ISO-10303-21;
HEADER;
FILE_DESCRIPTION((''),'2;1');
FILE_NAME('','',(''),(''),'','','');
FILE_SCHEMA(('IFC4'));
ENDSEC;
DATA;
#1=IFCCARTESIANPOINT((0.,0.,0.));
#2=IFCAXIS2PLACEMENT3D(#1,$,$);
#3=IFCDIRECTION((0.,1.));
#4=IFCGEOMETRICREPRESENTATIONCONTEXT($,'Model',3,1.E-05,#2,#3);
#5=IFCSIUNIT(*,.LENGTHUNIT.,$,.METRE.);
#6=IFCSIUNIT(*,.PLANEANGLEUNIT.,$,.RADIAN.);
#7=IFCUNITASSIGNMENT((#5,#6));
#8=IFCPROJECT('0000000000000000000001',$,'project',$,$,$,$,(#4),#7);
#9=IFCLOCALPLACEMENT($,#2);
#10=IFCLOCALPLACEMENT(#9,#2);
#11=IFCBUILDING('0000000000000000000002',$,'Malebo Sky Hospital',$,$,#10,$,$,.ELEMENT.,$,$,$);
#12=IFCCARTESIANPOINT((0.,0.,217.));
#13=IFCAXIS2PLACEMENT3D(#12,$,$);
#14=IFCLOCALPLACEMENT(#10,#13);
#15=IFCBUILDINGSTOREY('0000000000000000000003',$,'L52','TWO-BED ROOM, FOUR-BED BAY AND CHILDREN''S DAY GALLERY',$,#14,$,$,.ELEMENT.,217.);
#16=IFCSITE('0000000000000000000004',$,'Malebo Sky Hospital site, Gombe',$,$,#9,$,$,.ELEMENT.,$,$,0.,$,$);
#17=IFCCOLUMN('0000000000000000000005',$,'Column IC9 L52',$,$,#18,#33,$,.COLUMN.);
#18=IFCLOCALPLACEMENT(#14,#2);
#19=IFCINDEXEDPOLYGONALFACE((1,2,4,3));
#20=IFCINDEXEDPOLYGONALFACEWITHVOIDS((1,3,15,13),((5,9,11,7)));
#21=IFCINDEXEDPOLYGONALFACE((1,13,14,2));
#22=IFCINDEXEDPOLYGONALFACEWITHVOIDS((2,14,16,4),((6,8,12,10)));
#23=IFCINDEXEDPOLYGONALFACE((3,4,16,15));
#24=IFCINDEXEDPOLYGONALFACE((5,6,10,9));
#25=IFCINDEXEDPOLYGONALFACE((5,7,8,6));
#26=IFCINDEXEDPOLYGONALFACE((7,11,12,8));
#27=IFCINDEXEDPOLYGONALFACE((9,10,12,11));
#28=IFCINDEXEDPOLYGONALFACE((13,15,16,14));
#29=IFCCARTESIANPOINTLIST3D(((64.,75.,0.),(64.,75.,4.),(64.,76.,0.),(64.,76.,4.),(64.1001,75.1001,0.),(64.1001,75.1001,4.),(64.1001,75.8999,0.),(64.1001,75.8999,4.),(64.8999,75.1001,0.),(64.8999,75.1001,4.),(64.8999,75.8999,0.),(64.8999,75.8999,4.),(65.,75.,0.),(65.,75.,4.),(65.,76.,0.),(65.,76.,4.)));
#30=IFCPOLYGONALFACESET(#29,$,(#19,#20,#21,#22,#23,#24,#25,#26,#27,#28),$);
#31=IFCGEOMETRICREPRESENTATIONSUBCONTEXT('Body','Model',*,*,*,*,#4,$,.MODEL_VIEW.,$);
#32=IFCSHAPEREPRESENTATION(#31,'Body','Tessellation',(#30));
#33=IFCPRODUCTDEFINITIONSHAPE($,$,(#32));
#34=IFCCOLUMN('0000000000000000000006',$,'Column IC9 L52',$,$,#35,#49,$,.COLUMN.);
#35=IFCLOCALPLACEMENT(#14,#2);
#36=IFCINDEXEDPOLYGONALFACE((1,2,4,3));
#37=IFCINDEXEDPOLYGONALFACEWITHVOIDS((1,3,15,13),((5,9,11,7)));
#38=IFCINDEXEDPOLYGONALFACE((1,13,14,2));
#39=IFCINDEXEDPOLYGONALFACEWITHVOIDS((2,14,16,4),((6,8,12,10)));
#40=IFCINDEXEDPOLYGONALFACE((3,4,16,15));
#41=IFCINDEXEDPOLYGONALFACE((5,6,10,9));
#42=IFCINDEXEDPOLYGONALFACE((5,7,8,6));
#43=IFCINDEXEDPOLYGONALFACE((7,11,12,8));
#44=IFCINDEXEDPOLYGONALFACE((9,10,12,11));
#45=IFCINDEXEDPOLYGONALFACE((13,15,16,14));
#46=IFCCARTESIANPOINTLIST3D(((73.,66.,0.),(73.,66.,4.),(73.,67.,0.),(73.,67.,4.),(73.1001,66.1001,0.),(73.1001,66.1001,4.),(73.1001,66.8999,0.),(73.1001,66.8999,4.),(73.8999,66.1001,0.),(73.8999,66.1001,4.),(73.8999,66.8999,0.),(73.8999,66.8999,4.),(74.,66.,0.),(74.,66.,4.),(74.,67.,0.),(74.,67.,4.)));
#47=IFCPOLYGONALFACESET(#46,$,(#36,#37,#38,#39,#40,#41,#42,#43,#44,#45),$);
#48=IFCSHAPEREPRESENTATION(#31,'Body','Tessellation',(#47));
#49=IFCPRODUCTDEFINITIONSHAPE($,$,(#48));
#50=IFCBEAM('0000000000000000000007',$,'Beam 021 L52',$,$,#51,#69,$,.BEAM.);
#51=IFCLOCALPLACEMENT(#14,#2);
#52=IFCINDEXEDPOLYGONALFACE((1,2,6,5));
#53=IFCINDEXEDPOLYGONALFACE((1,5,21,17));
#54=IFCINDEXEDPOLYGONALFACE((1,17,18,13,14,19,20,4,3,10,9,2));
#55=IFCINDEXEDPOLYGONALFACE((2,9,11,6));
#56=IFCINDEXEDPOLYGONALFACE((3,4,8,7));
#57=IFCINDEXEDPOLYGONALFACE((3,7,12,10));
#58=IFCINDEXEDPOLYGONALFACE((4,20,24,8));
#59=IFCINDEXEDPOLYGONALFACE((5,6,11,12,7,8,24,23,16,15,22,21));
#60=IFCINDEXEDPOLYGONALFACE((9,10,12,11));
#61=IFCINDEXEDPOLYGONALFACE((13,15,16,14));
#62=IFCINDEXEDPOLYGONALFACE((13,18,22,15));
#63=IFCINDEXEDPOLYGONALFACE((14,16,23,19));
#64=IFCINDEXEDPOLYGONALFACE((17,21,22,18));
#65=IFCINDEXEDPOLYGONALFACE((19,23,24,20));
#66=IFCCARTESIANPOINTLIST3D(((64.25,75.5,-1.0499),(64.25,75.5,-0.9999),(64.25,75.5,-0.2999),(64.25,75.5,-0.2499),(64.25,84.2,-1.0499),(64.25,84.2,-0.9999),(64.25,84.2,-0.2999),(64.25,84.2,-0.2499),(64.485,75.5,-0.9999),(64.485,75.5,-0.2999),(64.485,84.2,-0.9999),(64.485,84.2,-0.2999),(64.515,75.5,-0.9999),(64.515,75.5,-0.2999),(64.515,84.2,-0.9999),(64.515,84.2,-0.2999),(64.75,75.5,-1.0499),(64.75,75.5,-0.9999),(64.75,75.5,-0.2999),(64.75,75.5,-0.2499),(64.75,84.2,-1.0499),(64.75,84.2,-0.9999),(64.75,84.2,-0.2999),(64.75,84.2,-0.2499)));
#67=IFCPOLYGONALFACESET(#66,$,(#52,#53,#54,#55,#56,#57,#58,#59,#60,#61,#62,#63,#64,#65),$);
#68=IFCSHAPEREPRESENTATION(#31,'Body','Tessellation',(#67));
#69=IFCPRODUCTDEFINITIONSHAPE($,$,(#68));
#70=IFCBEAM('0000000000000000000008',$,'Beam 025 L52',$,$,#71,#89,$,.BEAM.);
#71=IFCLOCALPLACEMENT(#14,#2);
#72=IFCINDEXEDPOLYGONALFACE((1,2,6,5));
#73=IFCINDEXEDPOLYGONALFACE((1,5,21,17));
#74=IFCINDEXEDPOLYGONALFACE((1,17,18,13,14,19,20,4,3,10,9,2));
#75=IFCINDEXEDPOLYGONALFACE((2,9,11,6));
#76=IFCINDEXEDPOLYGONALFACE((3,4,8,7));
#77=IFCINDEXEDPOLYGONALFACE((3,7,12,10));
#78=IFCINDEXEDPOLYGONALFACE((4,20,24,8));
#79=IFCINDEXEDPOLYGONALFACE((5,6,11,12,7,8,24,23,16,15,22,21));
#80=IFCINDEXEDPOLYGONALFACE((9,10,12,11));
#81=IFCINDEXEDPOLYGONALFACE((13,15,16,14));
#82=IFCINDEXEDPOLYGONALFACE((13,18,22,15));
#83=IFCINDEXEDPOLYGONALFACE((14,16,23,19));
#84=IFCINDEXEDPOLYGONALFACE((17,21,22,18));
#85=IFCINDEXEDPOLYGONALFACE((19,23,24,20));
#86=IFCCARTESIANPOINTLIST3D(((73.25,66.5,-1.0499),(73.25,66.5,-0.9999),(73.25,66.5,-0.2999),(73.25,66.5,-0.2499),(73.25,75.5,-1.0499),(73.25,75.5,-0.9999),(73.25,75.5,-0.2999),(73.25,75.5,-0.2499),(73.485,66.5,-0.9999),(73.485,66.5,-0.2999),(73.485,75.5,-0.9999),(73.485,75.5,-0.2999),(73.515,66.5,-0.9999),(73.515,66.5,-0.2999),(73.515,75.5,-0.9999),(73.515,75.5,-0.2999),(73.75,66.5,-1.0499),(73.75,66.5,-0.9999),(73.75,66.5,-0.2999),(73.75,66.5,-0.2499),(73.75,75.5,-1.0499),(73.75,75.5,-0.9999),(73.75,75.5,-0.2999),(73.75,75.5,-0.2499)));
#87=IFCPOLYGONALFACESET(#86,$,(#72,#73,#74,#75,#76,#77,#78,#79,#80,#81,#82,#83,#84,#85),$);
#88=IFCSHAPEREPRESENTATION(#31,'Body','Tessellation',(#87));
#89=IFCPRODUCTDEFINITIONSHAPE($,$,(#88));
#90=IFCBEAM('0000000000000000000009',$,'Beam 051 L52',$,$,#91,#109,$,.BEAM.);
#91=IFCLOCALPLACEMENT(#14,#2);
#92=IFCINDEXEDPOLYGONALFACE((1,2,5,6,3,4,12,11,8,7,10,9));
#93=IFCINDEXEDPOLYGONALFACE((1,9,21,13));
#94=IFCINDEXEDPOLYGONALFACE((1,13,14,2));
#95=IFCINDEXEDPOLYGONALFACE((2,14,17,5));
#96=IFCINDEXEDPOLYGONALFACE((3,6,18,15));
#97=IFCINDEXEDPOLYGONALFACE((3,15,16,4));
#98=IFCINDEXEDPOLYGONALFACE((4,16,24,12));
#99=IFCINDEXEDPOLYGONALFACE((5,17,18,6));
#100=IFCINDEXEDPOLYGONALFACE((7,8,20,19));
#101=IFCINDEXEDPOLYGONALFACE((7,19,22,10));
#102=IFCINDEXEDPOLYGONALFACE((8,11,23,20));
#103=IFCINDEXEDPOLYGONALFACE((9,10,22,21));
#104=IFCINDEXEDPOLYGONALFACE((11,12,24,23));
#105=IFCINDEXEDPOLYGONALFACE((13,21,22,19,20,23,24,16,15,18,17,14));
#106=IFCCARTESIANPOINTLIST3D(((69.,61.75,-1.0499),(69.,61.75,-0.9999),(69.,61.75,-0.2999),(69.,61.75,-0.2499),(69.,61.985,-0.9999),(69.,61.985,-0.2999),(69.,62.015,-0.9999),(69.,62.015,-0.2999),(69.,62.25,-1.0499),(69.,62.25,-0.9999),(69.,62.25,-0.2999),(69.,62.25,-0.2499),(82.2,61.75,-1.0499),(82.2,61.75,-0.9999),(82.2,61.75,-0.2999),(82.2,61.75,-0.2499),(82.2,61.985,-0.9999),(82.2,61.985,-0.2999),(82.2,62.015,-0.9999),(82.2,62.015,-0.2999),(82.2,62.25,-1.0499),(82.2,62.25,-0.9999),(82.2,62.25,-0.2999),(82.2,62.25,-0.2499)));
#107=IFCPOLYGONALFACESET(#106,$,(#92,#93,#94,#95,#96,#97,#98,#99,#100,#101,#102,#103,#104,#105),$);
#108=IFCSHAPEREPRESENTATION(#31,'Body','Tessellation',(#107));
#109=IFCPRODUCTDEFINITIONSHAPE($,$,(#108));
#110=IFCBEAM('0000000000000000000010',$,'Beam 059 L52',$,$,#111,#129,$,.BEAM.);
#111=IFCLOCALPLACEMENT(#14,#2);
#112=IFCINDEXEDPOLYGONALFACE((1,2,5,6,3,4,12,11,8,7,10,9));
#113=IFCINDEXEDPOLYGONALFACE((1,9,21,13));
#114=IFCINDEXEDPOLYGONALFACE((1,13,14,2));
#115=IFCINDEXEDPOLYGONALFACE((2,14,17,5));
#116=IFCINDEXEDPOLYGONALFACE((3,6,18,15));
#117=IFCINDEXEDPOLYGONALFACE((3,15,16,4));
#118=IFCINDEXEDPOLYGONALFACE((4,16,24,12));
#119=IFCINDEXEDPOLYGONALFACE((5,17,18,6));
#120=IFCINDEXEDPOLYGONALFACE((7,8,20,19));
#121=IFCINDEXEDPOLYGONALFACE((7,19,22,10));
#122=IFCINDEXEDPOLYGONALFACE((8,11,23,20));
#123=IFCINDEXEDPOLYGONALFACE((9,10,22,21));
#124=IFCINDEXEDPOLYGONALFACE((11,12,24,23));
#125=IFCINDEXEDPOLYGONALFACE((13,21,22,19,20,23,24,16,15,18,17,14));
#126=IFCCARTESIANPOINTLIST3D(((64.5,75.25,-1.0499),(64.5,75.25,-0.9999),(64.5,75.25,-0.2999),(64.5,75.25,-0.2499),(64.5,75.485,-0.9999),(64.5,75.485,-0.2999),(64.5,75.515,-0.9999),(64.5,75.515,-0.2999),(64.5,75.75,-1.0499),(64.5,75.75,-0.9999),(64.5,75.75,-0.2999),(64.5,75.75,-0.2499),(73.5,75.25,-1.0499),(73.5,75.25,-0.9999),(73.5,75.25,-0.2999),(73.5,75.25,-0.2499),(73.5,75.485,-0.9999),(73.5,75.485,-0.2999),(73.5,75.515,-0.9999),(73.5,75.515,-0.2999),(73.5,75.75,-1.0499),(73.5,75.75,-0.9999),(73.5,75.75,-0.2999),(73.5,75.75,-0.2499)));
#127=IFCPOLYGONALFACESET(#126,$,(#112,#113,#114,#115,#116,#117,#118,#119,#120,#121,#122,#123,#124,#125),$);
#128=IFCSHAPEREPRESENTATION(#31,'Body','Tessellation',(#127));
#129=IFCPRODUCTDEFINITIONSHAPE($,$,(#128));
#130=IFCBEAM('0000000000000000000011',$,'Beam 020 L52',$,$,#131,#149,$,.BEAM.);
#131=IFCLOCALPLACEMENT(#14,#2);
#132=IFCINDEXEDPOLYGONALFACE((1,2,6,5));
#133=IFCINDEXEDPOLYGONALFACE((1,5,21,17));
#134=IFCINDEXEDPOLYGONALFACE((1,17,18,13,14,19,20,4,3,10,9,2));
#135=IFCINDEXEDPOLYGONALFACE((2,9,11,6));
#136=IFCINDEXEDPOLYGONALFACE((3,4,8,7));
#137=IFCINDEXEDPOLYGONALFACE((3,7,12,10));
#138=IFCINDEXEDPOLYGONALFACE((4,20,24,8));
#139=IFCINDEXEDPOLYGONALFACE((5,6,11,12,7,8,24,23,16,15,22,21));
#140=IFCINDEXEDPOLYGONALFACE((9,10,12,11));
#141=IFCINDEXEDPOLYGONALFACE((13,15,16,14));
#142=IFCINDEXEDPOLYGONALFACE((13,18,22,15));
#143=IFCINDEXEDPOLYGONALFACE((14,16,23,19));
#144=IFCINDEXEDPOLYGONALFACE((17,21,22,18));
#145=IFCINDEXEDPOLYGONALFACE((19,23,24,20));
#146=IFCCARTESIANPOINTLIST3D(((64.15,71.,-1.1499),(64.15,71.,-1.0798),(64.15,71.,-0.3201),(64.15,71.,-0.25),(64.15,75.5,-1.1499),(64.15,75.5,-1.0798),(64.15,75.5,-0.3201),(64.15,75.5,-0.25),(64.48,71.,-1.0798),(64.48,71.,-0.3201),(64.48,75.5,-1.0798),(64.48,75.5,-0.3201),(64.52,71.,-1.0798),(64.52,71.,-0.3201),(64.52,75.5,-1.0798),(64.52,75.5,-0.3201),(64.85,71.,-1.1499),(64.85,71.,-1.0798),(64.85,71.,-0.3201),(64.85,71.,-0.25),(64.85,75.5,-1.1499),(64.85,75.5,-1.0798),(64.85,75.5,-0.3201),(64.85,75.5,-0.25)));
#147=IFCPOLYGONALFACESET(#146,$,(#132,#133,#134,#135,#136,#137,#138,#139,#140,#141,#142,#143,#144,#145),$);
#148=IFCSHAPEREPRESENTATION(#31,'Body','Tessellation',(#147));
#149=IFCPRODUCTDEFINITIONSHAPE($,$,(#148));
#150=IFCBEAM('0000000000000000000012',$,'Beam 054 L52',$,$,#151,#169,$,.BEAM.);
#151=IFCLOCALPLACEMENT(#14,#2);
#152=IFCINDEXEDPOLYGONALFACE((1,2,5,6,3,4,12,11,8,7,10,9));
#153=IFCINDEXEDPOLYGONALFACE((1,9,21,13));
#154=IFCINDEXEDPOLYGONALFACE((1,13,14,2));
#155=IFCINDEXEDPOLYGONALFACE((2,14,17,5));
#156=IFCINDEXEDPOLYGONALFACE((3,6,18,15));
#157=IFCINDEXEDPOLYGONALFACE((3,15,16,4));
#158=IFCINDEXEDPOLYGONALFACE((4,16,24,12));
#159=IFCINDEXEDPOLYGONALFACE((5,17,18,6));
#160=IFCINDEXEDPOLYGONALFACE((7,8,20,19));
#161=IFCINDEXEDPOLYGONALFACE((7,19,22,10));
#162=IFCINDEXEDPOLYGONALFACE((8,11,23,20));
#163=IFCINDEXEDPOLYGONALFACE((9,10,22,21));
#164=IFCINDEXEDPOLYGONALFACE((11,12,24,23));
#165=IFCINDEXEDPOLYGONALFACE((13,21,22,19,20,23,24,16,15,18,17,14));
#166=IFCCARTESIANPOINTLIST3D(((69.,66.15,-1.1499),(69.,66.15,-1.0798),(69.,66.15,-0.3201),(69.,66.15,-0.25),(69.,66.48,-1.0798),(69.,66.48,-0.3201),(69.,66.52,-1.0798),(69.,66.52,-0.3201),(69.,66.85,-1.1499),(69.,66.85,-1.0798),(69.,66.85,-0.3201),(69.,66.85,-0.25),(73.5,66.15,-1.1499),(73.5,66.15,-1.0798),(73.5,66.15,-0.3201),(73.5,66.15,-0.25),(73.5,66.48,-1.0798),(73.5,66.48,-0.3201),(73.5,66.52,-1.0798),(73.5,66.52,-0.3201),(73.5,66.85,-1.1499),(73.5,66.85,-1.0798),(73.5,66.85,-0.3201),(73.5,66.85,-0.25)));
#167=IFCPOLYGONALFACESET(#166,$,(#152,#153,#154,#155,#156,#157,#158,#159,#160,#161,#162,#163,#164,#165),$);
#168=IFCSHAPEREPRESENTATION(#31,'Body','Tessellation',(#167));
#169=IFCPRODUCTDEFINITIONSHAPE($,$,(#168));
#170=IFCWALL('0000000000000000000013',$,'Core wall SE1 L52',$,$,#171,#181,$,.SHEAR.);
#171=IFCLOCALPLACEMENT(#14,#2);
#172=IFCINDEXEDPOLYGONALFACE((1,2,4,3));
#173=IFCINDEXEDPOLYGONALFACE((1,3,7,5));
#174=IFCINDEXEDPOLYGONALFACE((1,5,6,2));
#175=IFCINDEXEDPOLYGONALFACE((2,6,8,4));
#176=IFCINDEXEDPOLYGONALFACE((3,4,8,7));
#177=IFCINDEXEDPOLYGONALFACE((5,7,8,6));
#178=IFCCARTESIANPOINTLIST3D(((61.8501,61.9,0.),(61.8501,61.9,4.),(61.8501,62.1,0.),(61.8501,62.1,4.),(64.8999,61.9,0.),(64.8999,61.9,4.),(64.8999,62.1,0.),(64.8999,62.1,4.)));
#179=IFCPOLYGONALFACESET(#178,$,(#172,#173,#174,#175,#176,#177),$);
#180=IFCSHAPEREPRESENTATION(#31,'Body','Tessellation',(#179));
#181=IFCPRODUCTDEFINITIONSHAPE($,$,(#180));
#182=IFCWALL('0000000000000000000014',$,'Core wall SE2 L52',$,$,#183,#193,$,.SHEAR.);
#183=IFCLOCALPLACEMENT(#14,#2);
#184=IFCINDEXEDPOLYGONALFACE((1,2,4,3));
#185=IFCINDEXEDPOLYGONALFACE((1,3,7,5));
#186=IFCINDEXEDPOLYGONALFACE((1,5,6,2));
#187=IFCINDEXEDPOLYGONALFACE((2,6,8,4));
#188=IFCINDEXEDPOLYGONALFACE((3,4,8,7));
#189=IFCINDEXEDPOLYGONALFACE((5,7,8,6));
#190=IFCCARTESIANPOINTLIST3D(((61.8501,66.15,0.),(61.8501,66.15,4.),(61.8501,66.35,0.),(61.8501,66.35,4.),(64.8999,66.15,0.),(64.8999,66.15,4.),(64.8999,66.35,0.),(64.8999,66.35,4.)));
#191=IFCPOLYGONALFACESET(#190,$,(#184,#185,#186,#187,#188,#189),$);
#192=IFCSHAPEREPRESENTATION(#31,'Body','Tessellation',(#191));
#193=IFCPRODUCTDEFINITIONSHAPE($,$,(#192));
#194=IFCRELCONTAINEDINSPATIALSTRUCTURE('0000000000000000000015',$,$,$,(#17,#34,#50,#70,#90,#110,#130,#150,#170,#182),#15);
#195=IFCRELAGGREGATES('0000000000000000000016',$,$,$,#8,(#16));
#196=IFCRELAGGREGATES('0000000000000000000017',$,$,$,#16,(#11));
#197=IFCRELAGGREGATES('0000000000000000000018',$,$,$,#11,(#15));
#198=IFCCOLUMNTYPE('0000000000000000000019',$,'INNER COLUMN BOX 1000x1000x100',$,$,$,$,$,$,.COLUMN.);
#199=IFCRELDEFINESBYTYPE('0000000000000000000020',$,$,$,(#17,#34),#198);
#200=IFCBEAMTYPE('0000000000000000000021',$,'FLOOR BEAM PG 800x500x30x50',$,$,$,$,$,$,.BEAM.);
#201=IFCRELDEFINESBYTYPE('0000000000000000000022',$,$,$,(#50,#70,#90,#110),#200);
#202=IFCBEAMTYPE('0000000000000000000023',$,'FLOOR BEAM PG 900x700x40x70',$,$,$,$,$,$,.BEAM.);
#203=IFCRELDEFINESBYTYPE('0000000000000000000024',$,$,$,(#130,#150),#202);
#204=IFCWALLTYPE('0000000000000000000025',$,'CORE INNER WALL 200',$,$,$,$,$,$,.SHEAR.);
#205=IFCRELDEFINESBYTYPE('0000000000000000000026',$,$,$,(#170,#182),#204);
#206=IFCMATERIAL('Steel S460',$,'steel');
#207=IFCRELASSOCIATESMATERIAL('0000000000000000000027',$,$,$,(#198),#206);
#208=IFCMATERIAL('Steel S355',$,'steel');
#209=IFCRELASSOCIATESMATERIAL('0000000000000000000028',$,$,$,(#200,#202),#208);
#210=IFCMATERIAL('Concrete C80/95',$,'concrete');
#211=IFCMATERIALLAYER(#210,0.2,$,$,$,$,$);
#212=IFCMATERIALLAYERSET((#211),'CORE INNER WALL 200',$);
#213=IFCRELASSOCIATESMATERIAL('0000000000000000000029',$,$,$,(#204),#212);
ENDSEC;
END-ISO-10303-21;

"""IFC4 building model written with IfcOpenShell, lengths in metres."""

from ifc_helpers import new_model, si_unit, direction, frame, frame_2d, origin, origin_2d, place, context, subcontext, project, spatial, rectangle, hollow_rectangle, i_section, extrude, material, layer, layer_set, material_profile, profile_set, type_object, element, save


model = new_model("IFC4")

# Units and contexts
model_context = context("Model", 3, precision=1e-05, world=origin(), true_north=direction((0.0, 1.0)))
body_context = subcontext(model_context, "Body", "Model", "MODEL_VIEW")
ifc_project = project(units=[si_unit("LENGTHUNIT", "METRE"), si_unit("PLANEANGLEUNIT", "RADIAN")], contexts=[model_context])

# Site, building, storey
site_placement = place(None, origin())
site = spatial("IfcSite", under=ifc_project, at=site_placement, Name="Malebo Sky Hospital site, Gombe", CompositionType="ELEMENT", RefElevation=0.0)
building_placement = place(site_placement, origin())
building = spatial("IfcBuilding", under=site, at=building_placement, Name="Malebo Sky Hospital", CompositionType="ELEMENT")
storey_placement = place(building_placement, frame((0.0, 0.0, 217.0)))
storey = spatial("IfcBuildingStorey", under=building, at=storey_placement, Name="L52", Description="TWO-BED ROOM, FOUR-BED BAY AND CHILDREN'S DAY GALLERY", CompositionType="ELEMENT", Elevation=217.0)

# Columns
ifc_material_1 = material(Name="Steel S460", Category="steel")
ifc_material_profile_1 = material_profile(ifc_material_1, hollow_rectangle(XDim=1.0, YDim=1.0, WallThickness=0.1001, at=origin_2d()), Name="BOX 1000x1000x100")
ifc_profile_set_1 = profile_set([ifc_material_profile_1], Name="Steel S460")
column_type = type_object("IfcColumnType", Name="INNER COLUMN BOX 1000x1000x100", PredefinedType="COLUMN", material=ifc_profile_set_1)
for number, where, z_axis, x_axis, name in (
    (1, (64.5, 75.5, 0.0), (0.0, 0.0, 1.0), (1.0, 0.0, 0.0), "Column IC9 L52"),
    (2, (73.5, 66.5, 0.0), (0.0, 0.0, 1.0), (1.0, 0.0, 0.0), "Column IC9 L52"),
):
    element("IfcColumn", number, at=place(storey_placement, frame(where, z_axis=z_axis, x_axis=x_axis)), inside=storey, type_object=column_type, Name=name, PredefinedType="COLUMN", context=body_context, shape_type="SweptSolid", body=[
        extrude(hollow_rectangle(XDim=1.0, YDim=1.0, WallThickness=0.1001, at=origin_2d()), origin(), (0.0, 0.0, 1.0), 4.0),
    ])

# Beams
ifc_material_2 = material(Name="Steel S355", Category="steel")
ifc_material_profile_2 = material_profile(ifc_material_2, i_section(OverallWidth=0.5, OverallDepth=0.8, WebThickness=0.03, FlangeThickness=0.05, at=origin_2d()), Name="PG 800x500x30x50")
ifc_profile_set_2 = profile_set([ifc_material_profile_2], Name="Steel S355")
beam_type_1 = type_object("IfcBeamType", Name="FLOOR BEAM PG 800x500x30x50", PredefinedType="BEAM", material=ifc_profile_set_2)
beam_1_placement = place(storey_placement, frame((64.5, 75.5, -0.6499), z_axis=(0.0, 1.0, 0.0), x_axis=(-1.0, 0.0, 0.0)))
element("IfcBeam", 3, at=beam_1_placement, inside=storey, type_object=beam_type_1, Name="Beam 021 L52", PredefinedType="BEAM", context=body_context, shape_type="SweptSolid", body=[
    extrude(i_section(OverallWidth=0.5, OverallDepth=0.8, WebThickness=0.03, FlangeThickness=0.05, at=origin_2d()), origin(), (0.0, 0.0, 1.0), 8.7),
])
beam_2_placement = place(storey_placement, frame((73.5, 66.5, -0.6499), z_axis=(0.0, 1.0, 0.0), x_axis=(-1.0, 0.0, 0.0)))
element("IfcBeam", 4, at=beam_2_placement, inside=storey, type_object=beam_type_1, Name="Beam 025 L52", PredefinedType="BEAM", context=body_context, shape_type="SweptSolid", body=[
    extrude(i_section(OverallWidth=0.5, OverallDepth=0.8, WebThickness=0.03, FlangeThickness=0.05, at=origin_2d()), origin(), (0.0, 0.0, 1.0), 9.0),
])
beam_3_placement = place(storey_placement, frame((69.0, 62.0, -0.6499), z_axis=(1.0, 0.0, 0.0), x_axis=(0.0, 1.0, 0.0)))
element("IfcBeam", 5, at=beam_3_placement, inside=storey, type_object=beam_type_1, Name="Beam 051 L52", PredefinedType="BEAM", context=body_context, shape_type="SweptSolid", body=[
    extrude(i_section(OverallWidth=0.5, OverallDepth=0.8, WebThickness=0.03, FlangeThickness=0.05, at=origin_2d()), origin(), (0.0, 0.0, 1.0), 13.2),
])
beam_4_placement = place(storey_placement, frame((64.5, 75.5, -0.6499), z_axis=(1.0, 0.0, 0.0), x_axis=(0.0, 1.0, 0.0)))
element("IfcBeam", 6, at=beam_4_placement, inside=storey, type_object=beam_type_1, Name="Beam 059 L52", PredefinedType="BEAM", context=body_context, shape_type="SweptSolid", body=[
    extrude(i_section(OverallWidth=0.5, OverallDepth=0.8, WebThickness=0.03, FlangeThickness=0.05, at=origin_2d()), origin(), (0.0, 0.0, 1.0), 9.0),
])
ifc_material_profile_3 = material_profile(ifc_material_2, i_section(OverallWidth=0.7, OverallDepth=0.8999, WebThickness=0.04, FlangeThickness=0.0701, at=origin_2d()), Name="PG 900x700x40x70")
ifc_profile_set_3 = profile_set([ifc_material_profile_3], Name="Steel S355")
beam_type_2 = type_object("IfcBeamType", Name="FLOOR BEAM PG 900x700x40x70", PredefinedType="BEAM", material=ifc_profile_set_3)
for number, where, z_axis, x_axis, name in (
    (7, (64.5, 71.0, -0.7), (0.0, 1.0, 0.0), (-1.0, 0.0, 0.0), "Beam 020 L52"),
    (8, (69.0, 66.5, -0.7), (1.0, 0.0, 0.0), (0.0, 1.0, 0.0), "Beam 054 L52"),
):
    element("IfcBeam", number, at=place(storey_placement, frame(where, z_axis=z_axis, x_axis=x_axis)), inside=storey, type_object=beam_type_2, Name=name, PredefinedType="BEAM", context=body_context, shape_type="SweptSolid", body=[
        extrude(i_section(OverallWidth=0.7, OverallDepth=0.8999, WebThickness=0.04, FlangeThickness=0.0701, at=origin_2d()), origin(), (0.0, 0.0, 1.0), 4.5),
    ])

# Walls
ifc_material_3 = material(Name="Concrete C80/95", Category="concrete")
ifc_layer_1 = layer(ifc_material_3, 0.2)
ifc_layer_set_1 = layer_set([ifc_layer_1], Name="CORE INNER WALL 200")
wall_type_1 = type_object("IfcWallType", Name="CORE INNER WALL 200", PredefinedType="SHEAR", material=ifc_layer_set_1)
for number, where, z_axis, x_axis, name in (
    (9, (61.8501, 62.0, 0.0), (0.0, 0.0, 1.0), (1.0, 0.0, 0.0), "Core wall SE1 L52"),
    (10, (61.8501, 66.25, 0.0), (0.0, 0.0, 1.0), (1.0, 0.0, 0.0), "Core wall SE2 L52"),
):
    element("IfcWall", number, at=place(storey_placement, frame(where, z_axis=z_axis, x_axis=x_axis)), inside=storey, type_object=wall_type_1, Name=name, PredefinedType="SHEAR", context=body_context, shape_type="SweptSolid", body=[
        extrude(rectangle(XDim=3.0498, YDim=0.2, at=frame_2d((1.5249, 0.0))), origin(), (0.0, 0.0, 1.0), 4.0),
    ])

save(model, "model.ifc")
